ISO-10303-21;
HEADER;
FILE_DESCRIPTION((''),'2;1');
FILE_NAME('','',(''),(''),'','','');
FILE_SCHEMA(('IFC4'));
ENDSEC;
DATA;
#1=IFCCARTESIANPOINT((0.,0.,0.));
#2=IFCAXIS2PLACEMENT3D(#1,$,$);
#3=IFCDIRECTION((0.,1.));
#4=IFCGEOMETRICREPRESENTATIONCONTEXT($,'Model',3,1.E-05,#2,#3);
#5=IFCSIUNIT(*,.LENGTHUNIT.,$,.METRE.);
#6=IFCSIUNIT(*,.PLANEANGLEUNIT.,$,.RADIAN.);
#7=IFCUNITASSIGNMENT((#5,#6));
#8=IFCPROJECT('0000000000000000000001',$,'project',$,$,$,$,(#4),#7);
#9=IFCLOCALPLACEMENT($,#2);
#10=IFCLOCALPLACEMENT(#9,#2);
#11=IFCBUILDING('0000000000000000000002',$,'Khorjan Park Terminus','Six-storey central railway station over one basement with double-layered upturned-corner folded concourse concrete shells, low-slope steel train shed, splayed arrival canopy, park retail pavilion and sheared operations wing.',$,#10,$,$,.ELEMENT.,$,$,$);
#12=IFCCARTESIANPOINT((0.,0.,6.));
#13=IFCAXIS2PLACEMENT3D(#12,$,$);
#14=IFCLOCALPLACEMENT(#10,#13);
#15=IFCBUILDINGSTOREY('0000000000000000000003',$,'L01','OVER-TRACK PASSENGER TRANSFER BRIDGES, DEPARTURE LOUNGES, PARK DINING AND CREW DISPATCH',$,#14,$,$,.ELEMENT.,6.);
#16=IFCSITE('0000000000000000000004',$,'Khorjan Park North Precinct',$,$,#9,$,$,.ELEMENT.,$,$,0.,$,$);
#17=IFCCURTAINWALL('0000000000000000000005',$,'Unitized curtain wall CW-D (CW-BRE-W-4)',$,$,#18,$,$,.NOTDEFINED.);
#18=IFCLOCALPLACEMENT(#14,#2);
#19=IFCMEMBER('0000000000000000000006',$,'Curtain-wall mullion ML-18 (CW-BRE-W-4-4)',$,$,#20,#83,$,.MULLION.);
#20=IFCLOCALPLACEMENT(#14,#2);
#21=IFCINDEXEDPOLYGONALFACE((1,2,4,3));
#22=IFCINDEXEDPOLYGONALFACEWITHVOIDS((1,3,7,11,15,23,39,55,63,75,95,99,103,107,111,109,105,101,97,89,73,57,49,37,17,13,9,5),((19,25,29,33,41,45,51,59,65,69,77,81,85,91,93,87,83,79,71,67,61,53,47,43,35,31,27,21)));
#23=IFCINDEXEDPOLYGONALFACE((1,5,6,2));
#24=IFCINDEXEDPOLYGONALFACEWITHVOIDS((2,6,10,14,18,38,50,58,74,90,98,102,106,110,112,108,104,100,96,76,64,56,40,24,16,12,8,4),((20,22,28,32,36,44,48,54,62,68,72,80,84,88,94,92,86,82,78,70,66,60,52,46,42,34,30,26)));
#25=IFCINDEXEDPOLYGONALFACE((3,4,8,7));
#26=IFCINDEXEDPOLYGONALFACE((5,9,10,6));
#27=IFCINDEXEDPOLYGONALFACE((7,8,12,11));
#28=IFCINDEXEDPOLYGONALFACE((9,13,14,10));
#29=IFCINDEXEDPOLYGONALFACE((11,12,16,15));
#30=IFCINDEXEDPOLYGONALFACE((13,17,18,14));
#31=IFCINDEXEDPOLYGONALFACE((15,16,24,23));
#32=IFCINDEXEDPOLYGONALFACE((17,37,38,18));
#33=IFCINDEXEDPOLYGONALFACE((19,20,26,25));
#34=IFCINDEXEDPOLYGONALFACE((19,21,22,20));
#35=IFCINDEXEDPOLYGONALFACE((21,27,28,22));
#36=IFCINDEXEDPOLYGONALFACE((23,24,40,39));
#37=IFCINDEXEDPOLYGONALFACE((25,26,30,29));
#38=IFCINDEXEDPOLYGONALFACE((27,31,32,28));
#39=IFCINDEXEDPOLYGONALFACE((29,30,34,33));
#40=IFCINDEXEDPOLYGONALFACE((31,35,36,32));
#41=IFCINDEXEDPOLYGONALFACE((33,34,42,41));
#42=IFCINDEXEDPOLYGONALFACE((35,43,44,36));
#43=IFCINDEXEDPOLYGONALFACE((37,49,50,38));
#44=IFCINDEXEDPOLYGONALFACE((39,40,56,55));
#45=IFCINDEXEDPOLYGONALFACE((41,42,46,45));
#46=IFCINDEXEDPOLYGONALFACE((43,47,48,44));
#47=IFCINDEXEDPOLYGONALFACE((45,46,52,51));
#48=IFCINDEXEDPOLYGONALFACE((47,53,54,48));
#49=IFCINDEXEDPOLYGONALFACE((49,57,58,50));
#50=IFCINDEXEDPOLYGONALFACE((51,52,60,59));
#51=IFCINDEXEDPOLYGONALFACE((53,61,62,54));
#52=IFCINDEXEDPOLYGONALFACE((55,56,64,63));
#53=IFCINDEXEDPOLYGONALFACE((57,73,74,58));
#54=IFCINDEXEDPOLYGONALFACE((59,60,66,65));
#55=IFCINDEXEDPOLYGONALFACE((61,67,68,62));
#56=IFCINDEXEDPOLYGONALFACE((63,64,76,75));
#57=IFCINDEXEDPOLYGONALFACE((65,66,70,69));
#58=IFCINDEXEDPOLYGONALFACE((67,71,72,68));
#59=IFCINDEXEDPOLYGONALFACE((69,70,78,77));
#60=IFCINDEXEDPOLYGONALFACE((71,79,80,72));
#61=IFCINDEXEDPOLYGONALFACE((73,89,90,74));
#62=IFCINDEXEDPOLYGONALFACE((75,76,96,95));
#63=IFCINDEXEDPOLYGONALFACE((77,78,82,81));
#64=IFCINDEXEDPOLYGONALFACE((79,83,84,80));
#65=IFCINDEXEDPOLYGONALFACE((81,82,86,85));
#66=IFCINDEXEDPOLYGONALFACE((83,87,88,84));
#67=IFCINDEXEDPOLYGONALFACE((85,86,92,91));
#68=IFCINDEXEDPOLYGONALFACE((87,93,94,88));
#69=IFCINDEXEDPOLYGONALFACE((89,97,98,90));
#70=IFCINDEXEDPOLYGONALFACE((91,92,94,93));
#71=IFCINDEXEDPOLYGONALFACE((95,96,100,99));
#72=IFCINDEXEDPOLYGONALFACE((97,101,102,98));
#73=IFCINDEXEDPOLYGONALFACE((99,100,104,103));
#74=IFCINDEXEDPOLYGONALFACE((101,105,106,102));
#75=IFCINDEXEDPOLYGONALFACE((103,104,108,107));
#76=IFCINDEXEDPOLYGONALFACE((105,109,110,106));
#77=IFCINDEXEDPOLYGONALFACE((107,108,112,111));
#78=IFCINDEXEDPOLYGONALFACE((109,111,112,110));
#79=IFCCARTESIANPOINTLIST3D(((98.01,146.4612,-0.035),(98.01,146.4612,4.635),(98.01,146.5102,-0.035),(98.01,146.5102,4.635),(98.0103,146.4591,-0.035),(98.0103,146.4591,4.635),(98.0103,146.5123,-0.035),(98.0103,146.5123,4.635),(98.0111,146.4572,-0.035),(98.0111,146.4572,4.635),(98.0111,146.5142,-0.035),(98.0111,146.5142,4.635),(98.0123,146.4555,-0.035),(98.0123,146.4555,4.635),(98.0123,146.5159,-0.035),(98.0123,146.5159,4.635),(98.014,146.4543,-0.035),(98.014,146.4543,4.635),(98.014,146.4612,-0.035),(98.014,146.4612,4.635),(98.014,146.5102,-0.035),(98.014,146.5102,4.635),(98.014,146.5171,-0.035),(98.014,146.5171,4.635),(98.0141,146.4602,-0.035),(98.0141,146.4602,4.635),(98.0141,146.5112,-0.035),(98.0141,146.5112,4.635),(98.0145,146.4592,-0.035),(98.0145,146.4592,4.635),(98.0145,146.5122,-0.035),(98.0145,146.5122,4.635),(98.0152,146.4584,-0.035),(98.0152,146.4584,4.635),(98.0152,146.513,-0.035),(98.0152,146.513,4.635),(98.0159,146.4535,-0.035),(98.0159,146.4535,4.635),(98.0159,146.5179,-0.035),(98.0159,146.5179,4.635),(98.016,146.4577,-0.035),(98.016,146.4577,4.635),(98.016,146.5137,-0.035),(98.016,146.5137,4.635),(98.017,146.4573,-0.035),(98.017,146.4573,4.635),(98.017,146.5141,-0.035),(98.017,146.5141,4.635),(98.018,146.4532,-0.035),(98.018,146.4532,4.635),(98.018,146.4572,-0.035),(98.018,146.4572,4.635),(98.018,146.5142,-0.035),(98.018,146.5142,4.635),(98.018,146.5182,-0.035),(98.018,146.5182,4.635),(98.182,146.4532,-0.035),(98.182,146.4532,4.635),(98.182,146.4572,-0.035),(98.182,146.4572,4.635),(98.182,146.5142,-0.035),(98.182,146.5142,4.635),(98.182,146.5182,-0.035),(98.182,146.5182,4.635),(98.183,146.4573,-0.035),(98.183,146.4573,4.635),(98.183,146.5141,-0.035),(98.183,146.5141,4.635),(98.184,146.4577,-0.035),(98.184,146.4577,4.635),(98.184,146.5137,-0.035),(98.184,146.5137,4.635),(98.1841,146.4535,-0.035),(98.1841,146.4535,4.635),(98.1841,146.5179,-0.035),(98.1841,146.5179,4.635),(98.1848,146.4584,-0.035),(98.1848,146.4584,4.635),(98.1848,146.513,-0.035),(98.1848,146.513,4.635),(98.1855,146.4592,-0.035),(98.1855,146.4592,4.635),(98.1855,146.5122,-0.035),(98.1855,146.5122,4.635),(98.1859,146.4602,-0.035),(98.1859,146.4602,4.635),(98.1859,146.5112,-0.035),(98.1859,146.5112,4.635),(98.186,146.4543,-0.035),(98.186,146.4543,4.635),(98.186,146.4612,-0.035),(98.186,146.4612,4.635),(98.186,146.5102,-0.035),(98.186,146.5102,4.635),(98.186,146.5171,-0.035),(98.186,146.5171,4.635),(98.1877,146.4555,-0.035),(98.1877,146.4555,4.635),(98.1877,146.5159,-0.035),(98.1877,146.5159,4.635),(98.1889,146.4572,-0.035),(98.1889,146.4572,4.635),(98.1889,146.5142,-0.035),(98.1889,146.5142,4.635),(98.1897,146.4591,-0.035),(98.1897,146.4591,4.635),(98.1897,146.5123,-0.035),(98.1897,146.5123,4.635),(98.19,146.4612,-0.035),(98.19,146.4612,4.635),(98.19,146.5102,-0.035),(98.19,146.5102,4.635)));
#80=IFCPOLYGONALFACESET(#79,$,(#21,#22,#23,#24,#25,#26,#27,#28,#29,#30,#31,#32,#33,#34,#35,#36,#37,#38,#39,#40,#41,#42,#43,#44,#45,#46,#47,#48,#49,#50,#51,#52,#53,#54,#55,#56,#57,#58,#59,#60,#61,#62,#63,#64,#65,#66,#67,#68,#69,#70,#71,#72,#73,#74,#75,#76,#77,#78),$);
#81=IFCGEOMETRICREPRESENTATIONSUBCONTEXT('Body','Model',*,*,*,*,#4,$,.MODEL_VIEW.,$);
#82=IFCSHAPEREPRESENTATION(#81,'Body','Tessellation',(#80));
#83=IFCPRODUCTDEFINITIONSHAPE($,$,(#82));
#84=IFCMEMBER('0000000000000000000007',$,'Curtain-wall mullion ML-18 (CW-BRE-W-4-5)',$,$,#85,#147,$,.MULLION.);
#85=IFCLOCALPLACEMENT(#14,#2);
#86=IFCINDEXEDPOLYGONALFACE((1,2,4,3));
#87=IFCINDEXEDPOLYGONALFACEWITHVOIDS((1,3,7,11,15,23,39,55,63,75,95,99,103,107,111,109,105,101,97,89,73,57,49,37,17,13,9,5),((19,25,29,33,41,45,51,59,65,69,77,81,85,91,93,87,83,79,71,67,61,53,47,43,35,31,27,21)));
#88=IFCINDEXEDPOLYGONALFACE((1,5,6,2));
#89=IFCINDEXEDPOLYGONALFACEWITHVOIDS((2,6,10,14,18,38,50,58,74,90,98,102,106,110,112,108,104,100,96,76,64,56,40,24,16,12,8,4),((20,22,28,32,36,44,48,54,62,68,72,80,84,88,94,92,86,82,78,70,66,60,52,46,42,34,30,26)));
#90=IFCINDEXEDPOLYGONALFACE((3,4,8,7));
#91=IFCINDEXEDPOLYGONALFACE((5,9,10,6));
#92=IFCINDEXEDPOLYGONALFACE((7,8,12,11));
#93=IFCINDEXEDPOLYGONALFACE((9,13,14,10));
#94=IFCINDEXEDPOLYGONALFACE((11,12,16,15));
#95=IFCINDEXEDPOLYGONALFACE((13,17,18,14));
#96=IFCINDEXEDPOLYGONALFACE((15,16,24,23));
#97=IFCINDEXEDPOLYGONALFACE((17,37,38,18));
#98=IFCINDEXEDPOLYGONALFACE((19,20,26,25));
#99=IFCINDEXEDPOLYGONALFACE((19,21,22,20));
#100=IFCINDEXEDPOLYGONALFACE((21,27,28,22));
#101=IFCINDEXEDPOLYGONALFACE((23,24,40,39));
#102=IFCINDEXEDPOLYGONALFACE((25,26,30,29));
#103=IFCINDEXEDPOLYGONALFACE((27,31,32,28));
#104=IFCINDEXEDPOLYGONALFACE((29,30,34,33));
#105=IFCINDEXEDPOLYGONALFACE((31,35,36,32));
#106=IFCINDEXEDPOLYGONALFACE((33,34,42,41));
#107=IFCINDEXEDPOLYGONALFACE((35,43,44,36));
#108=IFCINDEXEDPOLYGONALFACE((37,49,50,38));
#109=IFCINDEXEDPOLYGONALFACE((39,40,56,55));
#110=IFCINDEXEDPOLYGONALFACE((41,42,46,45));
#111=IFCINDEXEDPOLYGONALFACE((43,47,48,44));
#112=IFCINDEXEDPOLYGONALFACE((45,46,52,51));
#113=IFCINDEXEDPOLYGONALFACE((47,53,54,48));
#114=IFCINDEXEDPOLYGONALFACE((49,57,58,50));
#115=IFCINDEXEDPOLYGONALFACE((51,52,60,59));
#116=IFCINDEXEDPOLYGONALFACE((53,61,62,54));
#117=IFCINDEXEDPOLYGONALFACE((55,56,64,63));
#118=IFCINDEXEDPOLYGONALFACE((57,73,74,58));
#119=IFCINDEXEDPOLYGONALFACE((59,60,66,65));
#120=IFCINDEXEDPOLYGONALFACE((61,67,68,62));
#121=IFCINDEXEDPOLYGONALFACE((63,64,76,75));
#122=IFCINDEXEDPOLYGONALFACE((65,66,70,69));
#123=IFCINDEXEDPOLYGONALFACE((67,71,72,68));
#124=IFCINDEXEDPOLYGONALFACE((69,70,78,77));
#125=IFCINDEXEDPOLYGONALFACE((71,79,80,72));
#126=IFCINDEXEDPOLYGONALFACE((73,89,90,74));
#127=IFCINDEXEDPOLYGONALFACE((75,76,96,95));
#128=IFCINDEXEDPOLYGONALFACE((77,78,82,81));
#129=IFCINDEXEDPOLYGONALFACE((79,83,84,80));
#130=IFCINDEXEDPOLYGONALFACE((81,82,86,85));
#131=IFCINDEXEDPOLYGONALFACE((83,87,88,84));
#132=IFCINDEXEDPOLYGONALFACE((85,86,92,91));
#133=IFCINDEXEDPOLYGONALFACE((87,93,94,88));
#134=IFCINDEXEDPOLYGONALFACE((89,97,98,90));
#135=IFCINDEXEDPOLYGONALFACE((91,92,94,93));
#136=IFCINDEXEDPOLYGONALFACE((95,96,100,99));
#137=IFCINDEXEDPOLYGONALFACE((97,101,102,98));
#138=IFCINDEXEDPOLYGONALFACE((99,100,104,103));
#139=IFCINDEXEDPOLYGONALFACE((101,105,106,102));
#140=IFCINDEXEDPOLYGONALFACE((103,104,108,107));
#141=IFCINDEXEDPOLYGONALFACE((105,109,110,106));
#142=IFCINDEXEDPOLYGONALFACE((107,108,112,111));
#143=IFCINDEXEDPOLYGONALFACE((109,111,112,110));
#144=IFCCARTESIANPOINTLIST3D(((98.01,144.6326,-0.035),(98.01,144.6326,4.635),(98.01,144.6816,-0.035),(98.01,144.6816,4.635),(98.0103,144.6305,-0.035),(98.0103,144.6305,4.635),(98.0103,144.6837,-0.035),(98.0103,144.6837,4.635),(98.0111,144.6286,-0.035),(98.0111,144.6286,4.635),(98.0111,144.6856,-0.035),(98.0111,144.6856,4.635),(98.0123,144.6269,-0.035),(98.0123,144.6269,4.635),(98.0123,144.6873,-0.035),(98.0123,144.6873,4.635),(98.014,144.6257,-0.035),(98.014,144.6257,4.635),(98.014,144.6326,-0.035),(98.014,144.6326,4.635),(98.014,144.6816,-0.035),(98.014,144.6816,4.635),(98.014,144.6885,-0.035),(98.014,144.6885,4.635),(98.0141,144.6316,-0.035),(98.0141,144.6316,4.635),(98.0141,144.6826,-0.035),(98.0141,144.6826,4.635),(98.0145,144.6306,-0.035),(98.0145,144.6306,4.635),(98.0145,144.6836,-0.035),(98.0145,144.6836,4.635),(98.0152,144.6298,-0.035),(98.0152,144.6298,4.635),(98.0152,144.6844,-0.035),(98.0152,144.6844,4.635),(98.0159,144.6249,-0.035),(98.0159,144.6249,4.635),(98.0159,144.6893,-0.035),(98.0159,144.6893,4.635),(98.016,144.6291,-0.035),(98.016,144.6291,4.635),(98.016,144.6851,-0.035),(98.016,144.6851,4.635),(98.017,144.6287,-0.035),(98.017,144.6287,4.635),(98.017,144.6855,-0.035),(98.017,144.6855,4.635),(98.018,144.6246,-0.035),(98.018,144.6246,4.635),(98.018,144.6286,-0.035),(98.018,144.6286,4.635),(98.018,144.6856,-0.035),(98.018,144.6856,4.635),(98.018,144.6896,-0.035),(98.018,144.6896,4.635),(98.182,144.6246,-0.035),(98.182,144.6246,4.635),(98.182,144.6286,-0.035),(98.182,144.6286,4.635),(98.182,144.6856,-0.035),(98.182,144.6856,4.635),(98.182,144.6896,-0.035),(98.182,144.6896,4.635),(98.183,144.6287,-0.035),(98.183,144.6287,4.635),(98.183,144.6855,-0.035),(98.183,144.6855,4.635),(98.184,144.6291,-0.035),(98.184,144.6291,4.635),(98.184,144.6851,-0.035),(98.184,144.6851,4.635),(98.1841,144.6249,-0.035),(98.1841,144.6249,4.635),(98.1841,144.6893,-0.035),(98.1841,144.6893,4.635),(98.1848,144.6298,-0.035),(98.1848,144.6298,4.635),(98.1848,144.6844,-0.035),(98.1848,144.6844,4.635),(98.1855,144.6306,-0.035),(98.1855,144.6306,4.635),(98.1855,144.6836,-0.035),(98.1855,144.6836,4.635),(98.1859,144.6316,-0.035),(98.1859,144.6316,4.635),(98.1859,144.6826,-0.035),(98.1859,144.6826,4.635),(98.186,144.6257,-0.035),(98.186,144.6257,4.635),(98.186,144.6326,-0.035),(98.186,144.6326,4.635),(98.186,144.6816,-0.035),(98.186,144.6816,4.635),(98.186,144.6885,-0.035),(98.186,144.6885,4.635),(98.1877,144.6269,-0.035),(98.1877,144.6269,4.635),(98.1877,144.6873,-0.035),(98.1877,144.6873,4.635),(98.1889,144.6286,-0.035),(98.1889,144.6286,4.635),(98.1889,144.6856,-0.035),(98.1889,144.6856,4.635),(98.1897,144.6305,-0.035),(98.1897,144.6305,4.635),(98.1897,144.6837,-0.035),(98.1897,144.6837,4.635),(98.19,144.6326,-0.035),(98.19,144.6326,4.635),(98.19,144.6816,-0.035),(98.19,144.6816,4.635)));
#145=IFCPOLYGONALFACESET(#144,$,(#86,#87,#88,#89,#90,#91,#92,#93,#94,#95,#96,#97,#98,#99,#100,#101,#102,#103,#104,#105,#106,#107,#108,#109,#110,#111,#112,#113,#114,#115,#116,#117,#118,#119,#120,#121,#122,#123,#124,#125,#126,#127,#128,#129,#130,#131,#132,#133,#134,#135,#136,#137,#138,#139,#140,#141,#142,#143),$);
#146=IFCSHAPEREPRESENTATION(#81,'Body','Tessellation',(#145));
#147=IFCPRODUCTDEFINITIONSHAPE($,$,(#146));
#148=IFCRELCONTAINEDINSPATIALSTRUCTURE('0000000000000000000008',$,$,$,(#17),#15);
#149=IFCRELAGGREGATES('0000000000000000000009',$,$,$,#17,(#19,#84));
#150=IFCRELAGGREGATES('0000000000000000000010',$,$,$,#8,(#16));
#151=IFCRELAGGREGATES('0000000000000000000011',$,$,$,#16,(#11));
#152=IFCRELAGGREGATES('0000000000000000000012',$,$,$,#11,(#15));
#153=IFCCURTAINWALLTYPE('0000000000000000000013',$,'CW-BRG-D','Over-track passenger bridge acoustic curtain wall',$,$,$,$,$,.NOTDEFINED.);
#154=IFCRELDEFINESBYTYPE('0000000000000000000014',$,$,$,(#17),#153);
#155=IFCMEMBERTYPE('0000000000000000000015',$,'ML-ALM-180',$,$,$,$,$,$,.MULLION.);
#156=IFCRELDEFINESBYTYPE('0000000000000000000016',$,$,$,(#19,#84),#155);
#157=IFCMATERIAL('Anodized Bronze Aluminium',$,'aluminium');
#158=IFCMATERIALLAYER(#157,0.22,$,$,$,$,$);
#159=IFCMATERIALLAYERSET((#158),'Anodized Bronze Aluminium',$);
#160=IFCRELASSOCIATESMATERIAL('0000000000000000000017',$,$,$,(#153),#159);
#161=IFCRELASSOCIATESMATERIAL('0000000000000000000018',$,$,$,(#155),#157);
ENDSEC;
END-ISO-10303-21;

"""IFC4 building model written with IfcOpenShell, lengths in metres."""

from ifc_helpers import new_model, si_unit, direction, frame, origin, origin_2d, place, context, subcontext, project, spatial, hollow_rectangle, extrude, material, layer, layer_set, material_profile, profile_set, type_object, element, aggregate, save


model = new_model("IFC4")

# Units and contexts
model_context = context("Model", 3, precision=1e-05, world=origin(), true_north=direction((0.0, 1.0)))
body_context = subcontext(model_context, "Body", "Model", "MODEL_VIEW")
ifc_project = project(units=[si_unit("LENGTHUNIT", "METRE"), si_unit("PLANEANGLEUNIT", "RADIAN")], contexts=[model_context])

# Site, building, storey
site_placement = place(None, origin())
site = spatial("IfcSite", under=ifc_project, at=site_placement, Name="Khorjan Park North Precinct", CompositionType="ELEMENT", RefElevation=0.0)
building_placement = place(site_placement, origin())
building = spatial("IfcBuilding", under=site, at=building_placement, Name="Khorjan Park Terminus", Description="Six-storey central railway station over one basement with double-layered upturned-corner folded concourse concrete shells, low-slope steel train shed, splayed arrival canopy, park retail pavilion and sheared operations wing.", CompositionType="ELEMENT")
storey_placement = place(building_placement, frame((0.0, 0.0, 6.0)))
storey = spatial("IfcBuildingStorey", under=building, at=storey_placement, Name="L01", Description="OVER-TRACK PASSENGER TRANSFER BRIDGES, DEPARTURE LOUNGES, PARK DINING AND CREW DISPATCH", CompositionType="ELEMENT", Elevation=6.0)

# Curtain wall, members
ifc_material_1 = material(Name="Anodized Bronze Aluminium", Category="aluminium")
ifc_layer_1 = layer(ifc_material_1, 0.22)
ifc_layer_set_1 = layer_set([ifc_layer_1], Name="Anodized Bronze Aluminium")
curtain_wall_type = type_object("IfcCurtainWallType", Name="CW-BRG-D", Description="Over-track passenger bridge acoustic curtain wall", PredefinedType="NOTDEFINED", material=ifc_layer_set_1)
curtain_wall_placement = place(storey_placement, origin())
curtain_wall = element("IfcCurtainWall", 1, at=curtain_wall_placement, inside=storey, type_object=curtain_wall_type, Name="Unitized curtain wall CW-D (CW-BRE-W-4)", PredefinedType="NOTDEFINED")
ifc_material_profile_1 = material_profile(ifc_material_1, hollow_rectangle(XDim=0.065, YDim=0.18, WallThickness=0.004, InnerFilletRadius=0.004, OuterFilletRadius=0.008, at=origin_2d()), Name="ALM 65x180x4")
ifc_profile_set_1 = profile_set([ifc_material_profile_1], Name="Anodized Bronze Aluminium")
member_type_1 = type_object("IfcMemberType", Name="ML-ALM-180", PredefinedType="MULLION", material=ifc_profile_set_1)
member_1_placement = place(storey_placement, frame((98.1, 146.4857, -0.035), z_axis=(0.0, 0.0, 1.0), x_axis=(0.0, -1.0, 0.0)))
member_1 = element("IfcMember", 2, at=member_1_placement, type_object=member_type_1, Name="Curtain-wall mullion ML-18 (CW-BRE-W-4-4)", PredefinedType="MULLION", context=body_context, shape_type="SweptSolid", body=[
    extrude(hollow_rectangle(XDim=0.065, YDim=0.18, WallThickness=0.004, InnerFilletRadius=0.004, OuterFilletRadius=0.008, at=origin_2d()), origin(), (0.0, 0.0, 1.0), 4.67),
])
member_2_placement = place(storey_placement, frame((98.1, 144.6571, -0.035), z_axis=(0.0, 0.0, 1.0), x_axis=(0.0, -1.0, 0.0)))
member_2 = element("IfcMember", 3, at=member_2_placement, type_object=member_type_1, Name="Curtain-wall mullion ML-18 (CW-BRE-W-4-5)", PredefinedType="MULLION", context=body_context, shape_type="SweptSolid", body=[
    extrude(hollow_rectangle(XDim=0.065, YDim=0.18, WallThickness=0.004, InnerFilletRadius=0.004, OuterFilletRadius=0.008, at=origin_2d()), origin(), (0.0, 0.0, 1.0), 4.67),
])
aggregate(curtain_wall, [member_1, member_2])

save(model, "model.ifc")
